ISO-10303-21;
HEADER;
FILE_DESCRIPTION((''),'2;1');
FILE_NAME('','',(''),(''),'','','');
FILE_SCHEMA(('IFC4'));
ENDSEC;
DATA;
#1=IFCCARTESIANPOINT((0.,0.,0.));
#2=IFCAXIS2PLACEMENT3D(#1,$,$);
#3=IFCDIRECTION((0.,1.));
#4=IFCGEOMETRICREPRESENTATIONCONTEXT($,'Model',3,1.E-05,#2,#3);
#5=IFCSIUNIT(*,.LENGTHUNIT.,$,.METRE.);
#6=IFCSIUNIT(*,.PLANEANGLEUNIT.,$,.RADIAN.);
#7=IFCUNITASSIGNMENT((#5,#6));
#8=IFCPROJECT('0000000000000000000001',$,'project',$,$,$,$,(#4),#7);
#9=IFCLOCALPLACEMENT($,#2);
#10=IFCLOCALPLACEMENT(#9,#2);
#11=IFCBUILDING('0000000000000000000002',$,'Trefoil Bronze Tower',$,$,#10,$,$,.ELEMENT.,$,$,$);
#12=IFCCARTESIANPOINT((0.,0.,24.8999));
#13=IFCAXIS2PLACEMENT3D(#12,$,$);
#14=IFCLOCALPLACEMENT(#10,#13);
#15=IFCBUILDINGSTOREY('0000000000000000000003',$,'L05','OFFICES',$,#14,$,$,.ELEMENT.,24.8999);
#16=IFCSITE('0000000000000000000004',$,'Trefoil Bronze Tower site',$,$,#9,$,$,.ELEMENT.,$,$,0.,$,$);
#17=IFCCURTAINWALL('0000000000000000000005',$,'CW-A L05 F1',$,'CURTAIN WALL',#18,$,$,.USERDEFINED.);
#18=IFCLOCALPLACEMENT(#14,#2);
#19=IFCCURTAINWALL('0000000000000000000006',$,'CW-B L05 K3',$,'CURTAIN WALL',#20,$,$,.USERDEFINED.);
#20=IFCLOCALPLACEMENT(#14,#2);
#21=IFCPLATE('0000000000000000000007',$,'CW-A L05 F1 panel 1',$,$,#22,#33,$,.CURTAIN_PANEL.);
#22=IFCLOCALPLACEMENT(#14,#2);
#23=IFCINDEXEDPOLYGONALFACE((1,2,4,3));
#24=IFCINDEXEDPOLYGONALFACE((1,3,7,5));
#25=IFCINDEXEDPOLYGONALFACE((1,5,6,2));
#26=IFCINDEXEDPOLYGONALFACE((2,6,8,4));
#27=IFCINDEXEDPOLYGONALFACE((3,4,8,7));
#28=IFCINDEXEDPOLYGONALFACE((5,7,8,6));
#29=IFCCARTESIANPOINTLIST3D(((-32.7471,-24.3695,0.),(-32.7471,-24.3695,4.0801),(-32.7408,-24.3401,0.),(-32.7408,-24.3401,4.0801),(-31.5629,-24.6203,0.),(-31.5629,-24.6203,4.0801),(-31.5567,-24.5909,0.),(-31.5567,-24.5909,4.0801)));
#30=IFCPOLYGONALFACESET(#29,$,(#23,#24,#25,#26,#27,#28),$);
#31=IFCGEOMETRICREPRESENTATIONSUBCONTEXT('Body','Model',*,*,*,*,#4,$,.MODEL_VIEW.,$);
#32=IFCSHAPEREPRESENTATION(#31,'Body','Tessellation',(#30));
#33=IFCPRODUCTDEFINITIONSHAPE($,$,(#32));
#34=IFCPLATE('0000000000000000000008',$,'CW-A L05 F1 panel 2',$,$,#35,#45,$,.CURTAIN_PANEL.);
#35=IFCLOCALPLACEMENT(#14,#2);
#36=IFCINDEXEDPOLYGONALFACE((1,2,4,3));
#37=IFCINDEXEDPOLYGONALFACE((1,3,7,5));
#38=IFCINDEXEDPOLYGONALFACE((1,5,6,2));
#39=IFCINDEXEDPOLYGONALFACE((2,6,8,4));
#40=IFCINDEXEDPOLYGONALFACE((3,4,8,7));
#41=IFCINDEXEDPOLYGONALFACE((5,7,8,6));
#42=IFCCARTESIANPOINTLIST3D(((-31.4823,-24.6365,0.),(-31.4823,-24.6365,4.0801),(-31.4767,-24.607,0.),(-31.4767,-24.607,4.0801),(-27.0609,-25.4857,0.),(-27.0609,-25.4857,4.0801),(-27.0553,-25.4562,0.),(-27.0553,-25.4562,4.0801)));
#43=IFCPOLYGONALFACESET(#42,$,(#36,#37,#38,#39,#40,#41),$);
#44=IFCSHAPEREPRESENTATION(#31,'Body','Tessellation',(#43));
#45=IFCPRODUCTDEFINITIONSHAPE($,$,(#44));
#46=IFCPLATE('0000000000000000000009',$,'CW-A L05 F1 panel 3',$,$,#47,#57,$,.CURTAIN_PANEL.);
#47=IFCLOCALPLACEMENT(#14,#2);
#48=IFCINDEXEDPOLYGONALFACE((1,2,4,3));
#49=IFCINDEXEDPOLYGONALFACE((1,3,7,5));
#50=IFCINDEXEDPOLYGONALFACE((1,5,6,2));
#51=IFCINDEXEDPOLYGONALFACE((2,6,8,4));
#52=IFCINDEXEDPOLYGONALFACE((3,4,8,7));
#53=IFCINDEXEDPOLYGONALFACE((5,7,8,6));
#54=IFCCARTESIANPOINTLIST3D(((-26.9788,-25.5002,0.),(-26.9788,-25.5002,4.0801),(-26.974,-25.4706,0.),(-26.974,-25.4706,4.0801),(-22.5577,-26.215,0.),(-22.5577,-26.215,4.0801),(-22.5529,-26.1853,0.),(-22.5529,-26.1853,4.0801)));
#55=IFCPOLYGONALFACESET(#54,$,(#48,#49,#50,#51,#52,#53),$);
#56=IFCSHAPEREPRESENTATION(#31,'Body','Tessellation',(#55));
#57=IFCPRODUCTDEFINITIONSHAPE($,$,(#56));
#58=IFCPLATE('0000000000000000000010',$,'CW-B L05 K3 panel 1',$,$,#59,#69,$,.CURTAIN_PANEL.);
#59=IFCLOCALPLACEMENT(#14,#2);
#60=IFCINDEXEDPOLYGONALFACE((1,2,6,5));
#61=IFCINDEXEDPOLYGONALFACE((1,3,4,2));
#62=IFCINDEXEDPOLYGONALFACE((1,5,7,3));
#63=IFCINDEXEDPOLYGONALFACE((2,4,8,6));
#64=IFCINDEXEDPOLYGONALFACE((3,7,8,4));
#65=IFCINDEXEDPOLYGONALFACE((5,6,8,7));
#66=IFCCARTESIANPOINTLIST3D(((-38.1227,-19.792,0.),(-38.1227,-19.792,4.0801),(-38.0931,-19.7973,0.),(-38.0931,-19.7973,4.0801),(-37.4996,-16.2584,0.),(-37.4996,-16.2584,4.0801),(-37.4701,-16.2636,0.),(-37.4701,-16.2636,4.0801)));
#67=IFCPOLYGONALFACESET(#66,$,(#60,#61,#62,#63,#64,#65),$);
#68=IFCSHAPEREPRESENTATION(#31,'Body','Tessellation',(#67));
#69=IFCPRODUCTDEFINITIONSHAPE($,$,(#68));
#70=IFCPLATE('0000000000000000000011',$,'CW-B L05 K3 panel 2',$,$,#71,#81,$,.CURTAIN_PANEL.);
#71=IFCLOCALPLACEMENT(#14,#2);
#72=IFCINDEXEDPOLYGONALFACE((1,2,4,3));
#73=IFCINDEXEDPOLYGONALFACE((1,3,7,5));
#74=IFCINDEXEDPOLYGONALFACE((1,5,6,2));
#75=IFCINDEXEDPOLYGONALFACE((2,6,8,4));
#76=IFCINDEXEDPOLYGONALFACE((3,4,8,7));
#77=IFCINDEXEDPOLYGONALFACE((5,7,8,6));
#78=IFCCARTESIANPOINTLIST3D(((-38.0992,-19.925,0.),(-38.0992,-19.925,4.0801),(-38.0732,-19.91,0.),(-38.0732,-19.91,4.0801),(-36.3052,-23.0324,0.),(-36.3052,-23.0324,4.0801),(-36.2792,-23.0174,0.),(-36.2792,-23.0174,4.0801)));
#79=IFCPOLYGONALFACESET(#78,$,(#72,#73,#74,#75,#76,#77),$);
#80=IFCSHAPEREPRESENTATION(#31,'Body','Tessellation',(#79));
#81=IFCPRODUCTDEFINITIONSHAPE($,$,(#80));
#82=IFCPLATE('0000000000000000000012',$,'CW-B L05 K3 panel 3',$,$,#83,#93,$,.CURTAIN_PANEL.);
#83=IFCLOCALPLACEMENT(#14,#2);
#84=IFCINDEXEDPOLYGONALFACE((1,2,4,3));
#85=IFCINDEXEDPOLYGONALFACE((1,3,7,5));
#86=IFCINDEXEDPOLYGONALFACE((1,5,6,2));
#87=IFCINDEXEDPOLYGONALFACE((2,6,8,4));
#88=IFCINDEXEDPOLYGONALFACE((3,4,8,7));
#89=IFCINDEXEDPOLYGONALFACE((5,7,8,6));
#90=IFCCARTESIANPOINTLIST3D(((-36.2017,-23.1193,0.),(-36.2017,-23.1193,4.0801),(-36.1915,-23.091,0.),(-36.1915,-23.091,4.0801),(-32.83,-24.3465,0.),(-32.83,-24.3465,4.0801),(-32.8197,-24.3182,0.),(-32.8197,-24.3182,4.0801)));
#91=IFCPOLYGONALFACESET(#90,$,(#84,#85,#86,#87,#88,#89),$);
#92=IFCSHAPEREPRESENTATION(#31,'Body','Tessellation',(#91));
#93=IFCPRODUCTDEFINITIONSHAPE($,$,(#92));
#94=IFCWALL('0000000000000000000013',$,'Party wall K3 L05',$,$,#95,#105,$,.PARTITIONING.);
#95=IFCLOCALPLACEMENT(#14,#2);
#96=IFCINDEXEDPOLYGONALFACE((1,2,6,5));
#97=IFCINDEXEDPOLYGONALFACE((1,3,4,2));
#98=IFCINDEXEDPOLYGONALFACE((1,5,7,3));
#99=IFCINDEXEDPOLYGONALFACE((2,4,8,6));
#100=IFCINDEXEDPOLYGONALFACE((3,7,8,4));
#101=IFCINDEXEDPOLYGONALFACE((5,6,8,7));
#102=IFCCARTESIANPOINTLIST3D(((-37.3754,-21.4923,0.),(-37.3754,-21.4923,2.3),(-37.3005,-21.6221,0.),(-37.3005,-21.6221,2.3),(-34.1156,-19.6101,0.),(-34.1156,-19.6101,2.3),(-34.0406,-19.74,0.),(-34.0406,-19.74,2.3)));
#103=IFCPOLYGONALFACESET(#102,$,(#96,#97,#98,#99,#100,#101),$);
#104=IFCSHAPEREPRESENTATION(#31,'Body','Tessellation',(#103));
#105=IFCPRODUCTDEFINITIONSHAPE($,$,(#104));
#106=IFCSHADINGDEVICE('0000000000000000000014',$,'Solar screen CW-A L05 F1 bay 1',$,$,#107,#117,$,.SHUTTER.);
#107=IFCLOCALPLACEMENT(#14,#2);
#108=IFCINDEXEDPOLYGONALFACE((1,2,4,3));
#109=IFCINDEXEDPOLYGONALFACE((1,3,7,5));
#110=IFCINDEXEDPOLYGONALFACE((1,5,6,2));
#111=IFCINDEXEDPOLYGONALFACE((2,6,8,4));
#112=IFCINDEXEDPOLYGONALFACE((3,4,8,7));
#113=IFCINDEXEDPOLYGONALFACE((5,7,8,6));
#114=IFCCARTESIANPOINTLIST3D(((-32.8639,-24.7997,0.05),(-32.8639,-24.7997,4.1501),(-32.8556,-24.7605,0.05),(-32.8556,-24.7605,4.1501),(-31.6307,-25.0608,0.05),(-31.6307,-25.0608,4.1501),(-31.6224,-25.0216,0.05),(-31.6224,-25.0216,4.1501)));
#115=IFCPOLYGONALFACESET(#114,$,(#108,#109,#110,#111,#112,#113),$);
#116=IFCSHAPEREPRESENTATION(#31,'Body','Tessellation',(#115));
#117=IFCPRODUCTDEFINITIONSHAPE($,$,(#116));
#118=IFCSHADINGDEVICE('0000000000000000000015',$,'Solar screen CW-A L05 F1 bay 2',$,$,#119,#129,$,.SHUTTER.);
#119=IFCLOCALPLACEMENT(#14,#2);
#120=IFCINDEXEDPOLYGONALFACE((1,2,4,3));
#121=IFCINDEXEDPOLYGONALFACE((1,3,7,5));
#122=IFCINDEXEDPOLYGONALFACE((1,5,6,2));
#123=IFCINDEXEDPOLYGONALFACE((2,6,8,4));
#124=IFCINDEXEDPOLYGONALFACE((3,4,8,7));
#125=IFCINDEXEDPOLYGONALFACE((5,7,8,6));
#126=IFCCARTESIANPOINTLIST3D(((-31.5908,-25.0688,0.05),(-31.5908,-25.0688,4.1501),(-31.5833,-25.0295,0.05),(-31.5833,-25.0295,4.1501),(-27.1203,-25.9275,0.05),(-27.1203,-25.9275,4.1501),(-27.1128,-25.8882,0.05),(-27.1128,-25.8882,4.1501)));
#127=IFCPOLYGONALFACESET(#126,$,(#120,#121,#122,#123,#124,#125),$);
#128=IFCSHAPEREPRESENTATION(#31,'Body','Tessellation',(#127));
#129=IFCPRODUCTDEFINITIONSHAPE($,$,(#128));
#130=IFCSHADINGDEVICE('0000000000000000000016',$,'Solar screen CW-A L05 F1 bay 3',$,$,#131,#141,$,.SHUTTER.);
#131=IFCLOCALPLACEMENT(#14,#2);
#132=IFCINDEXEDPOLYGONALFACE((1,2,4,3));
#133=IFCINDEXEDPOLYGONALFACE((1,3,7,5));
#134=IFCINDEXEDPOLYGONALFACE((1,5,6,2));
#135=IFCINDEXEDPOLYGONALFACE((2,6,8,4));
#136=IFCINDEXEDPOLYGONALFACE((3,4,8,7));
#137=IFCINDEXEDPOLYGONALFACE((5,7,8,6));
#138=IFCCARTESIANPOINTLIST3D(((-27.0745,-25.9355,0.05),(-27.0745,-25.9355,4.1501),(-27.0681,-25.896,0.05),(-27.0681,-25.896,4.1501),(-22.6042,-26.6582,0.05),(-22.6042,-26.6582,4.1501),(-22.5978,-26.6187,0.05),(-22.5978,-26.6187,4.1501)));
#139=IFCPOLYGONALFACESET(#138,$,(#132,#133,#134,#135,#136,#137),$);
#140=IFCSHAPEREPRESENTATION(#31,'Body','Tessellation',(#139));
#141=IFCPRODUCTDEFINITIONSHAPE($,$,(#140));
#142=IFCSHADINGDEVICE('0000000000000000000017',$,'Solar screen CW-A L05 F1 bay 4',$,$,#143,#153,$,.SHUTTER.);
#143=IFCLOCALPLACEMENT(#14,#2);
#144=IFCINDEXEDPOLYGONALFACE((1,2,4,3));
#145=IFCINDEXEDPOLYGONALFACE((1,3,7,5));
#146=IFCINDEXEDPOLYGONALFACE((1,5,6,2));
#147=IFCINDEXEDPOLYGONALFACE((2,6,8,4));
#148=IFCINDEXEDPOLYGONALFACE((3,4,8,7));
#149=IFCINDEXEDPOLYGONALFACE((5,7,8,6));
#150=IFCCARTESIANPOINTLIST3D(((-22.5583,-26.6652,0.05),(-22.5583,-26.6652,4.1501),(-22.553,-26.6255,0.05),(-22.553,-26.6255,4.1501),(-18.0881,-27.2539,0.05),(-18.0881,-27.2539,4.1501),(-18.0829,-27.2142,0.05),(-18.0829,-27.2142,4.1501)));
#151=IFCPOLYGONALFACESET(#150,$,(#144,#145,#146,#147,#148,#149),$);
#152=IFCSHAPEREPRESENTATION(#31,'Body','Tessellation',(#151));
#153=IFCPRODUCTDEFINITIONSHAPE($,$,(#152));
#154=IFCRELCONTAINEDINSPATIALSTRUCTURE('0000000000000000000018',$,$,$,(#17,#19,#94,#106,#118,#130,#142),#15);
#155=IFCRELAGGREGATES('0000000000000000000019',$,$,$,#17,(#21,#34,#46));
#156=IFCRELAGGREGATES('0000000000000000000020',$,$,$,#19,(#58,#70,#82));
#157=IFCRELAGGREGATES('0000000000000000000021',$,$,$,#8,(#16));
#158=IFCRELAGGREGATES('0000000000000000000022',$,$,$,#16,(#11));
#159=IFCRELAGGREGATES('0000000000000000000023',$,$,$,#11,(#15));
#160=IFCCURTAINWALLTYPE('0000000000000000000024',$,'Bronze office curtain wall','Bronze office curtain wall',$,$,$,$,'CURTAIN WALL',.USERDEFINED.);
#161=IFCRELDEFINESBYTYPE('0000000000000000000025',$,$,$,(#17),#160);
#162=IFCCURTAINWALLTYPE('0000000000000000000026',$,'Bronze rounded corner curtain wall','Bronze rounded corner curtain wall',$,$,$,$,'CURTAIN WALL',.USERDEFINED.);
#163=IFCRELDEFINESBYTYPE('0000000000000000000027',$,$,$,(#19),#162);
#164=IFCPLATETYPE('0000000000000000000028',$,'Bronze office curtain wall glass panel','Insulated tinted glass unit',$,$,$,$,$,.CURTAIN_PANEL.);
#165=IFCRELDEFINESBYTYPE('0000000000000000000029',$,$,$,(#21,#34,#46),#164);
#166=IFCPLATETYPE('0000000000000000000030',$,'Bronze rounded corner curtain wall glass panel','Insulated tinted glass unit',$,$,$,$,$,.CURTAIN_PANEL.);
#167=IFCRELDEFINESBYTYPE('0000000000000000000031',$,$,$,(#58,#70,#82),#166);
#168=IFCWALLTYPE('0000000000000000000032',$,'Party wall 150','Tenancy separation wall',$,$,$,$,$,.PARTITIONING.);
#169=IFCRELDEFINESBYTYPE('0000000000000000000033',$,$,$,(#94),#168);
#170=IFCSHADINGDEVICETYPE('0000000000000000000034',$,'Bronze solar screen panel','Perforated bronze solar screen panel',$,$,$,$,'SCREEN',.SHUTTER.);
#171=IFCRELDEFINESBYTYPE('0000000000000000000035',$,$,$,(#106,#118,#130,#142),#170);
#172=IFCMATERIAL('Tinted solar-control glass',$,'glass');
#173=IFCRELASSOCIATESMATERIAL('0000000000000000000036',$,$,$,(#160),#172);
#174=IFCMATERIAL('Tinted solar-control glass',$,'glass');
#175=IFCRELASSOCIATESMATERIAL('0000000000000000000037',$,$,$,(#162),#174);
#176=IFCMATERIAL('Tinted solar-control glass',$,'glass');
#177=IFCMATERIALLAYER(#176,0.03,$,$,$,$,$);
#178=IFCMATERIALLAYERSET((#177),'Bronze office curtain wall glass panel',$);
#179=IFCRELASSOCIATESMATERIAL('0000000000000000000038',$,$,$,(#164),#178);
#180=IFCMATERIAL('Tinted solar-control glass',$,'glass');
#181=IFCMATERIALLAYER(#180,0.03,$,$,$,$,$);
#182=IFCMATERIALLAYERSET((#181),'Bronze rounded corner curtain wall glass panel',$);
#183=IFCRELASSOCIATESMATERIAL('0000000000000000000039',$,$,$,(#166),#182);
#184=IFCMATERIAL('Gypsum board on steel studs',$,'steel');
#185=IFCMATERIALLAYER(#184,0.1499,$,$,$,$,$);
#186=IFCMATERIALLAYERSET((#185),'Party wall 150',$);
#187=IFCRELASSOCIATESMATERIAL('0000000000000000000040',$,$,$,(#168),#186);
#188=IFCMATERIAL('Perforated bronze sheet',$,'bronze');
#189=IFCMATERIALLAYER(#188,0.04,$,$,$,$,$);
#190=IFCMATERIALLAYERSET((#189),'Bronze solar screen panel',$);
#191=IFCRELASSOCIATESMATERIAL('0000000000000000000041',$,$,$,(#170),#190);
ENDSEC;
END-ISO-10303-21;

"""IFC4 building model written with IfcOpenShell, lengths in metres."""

from ifc_helpers import new_model, si_unit, direction, frame, frame_2d, origin, origin_2d, place, context, subcontext, project, spatial, rectangle, extrude, material, layer, layer_set, type_object, element, aggregate, save


model = new_model("IFC4")

# Units and contexts
model_context = context("Model", 3, precision=1e-05, world=origin(), true_north=direction((0.0, 1.0)))
body_context = subcontext(model_context, "Body", "Model", "MODEL_VIEW")
ifc_project = project(units=[si_unit("LENGTHUNIT", "METRE"), si_unit("PLANEANGLEUNIT", "RADIAN")], contexts=[model_context])

# Site, building, storey
site_placement = place(None, origin())
site = spatial("IfcSite", under=ifc_project, at=site_placement, Name="Trefoil Bronze Tower site", CompositionType="ELEMENT", RefElevation=0.0)
building_placement = place(site_placement, origin())
building = spatial("IfcBuilding", under=site, at=building_placement, Name="Trefoil Bronze Tower", CompositionType="ELEMENT")
storey_placement = place(building_placement, frame((0.0, 0.0, 24.8999)))
storey = spatial("IfcBuildingStorey", under=building, at=storey_placement, Name="L05", Description="OFFICES", CompositionType="ELEMENT", Elevation=24.8999)

# Curtain walls
ifc_material_1 = material(Name="Tinted solar-control glass", Category="glass")
curtain_wall_type_1 = type_object("IfcCurtainWallType", Name="Bronze office curtain wall", Description="Bronze office curtain wall", ElementType="CURTAIN WALL", PredefinedType="USERDEFINED", material=ifc_material_1)
curtain_wall_1_placement = place(storey_placement, origin())
curtain_wall_1 = element("IfcCurtainWall", 1, at=curtain_wall_1_placement, inside=storey, type_object=curtain_wall_type_1, Name="CW-A L05 F1", ObjectType="CURTAIN WALL", PredefinedType="USERDEFINED")
ifc_material_2 = material(Name="Tinted solar-control glass", Category="glass")
curtain_wall_type_2 = type_object("IfcCurtainWallType", Name="Bronze rounded corner curtain wall", Description="Bronze rounded corner curtain wall", ElementType="CURTAIN WALL", PredefinedType="USERDEFINED", material=ifc_material_2)
curtain_wall_2_placement = place(storey_placement, origin())
curtain_wall_2 = element("IfcCurtainWall", 2, at=curtain_wall_2_placement, inside=storey, type_object=curtain_wall_type_2, Name="CW-B L05 K3", ObjectType="CURTAIN WALL", PredefinedType="USERDEFINED")

# Plates
ifc_material_3 = material(Name="Tinted solar-control glass", Category="glass")
ifc_layer_1 = layer(ifc_material_3, 0.03)
ifc_layer_set_1 = layer_set([ifc_layer_1], Name="Bronze office curtain wall glass panel")
plate_type_1 = type_object("IfcPlateType", Name="Bronze office curtain wall glass panel", Description="Insulated tinted glass unit", PredefinedType="CURTAIN_PANEL", material=ifc_layer_set_1)
plate_1_placement = place(storey_placement, frame((-32.1519, -24.4802, 0.0), z_axis=(0.0, 0.0, 1.0), x_axis=(0.978303, -0.207181, 0.0)))
plate_1 = element("IfcPlate", 3, at=plate_1_placement, type_object=plate_type_1, Name="CW-A L05 F1 panel 1", PredefinedType="CURTAIN_PANEL", context=body_context, shape_type="SweptSolid", body=[
    extrude(rectangle(XDim=1.2104, YDim=0.03, at=origin_2d()), origin(), (0.0, 0.0, 1.0), 4.0801),
])
plate_2_placement = place(storey_placement, frame((-29.2688, -25.0464, 0.0), z_axis=(0.0, 0.0, 1.0), x_axis=(0.98205, -0.188622, 0.0)))
plate_2 = element("IfcPlate", 4, at=plate_2_placement, type_object=plate_type_1, Name="CW-A L05 F1 panel 2", PredefinedType="CURTAIN_PANEL", context=body_context, shape_type="SweptSolid", body=[
    extrude(rectangle(XDim=4.5022, YDim=0.03, at=origin_2d()), origin(), (0.0, 0.0, 1.0), 4.0801),
])
plate_3_placement = place(storey_placement, frame((-24.7659, -25.8428, 0.0), z_axis=(0.0, 0.0, 1.0), x_axis=(0.987181, -0.159603, 0.0)))
plate_3 = element("IfcPlate", 5, at=plate_3_placement, type_object=plate_type_1, Name="CW-A L05 F1 panel 3", PredefinedType="CURTAIN_PANEL", context=body_context, shape_type="SweptSolid", body=[
    extrude(rectangle(XDim=4.4785, YDim=0.03, at=origin_2d()), origin(), (0.0, 0.0, 1.0), 4.0801),
])
aggregate(curtain_wall_1, [plate_1, plate_2, plate_3])
ifc_material_4 = material(Name="Tinted solar-control glass", Category="glass")
ifc_layer_2 = layer(ifc_material_4, 0.03)
ifc_layer_set_2 = layer_set([ifc_layer_2], Name="Bronze rounded corner curtain wall glass panel")
plate_type_2 = type_object("IfcPlateType", Name="Bronze rounded corner curtain wall glass panel", Description="Insulated tinted glass unit", PredefinedType="CURTAIN_PANEL", material=ifc_layer_set_2)
plate_4_placement = place(storey_placement, frame((-37.7964, -18.0278, 0.0), z_axis=(0.0, 0.0, 1.0), x_axis=(-0.173648, -0.984808, 0.0)))
plate_4 = element("IfcPlate", 6, at=plate_4_placement, type_object=plate_type_2, Name="CW-B L05 K3 panel 1", PredefinedType="CURTAIN_PANEL", context=body_context, shape_type="SweptSolid", body=[
    extrude(rectangle(XDim=3.5881, YDim=0.03, at=origin_2d()), origin(), (0.0, 0.0, 1.0), 4.0801),
])
plate_5_placement = place(storey_placement, frame((-37.1892, -21.4712, 0.0), z_axis=(0.0, 0.0, 1.0), x_axis=(0.5, -0.866025, 0.0)))
plate_5 = element("IfcPlate", 7, at=plate_5_placement, type_object=plate_type_2, Name="CW-B L05 K3 panel 2", PredefinedType="CURTAIN_PANEL", context=body_context, shape_type="SweptSolid", body=[
    extrude(rectangle(XDim=3.5881, YDim=0.03, at=origin_2d()), origin(), (0.0, 0.0, 1.0), 4.0801),
])
plate_6_placement = place(storey_placement, frame((-34.5107, -23.7188, 0.0), z_axis=(0.0, 0.0, 1.0), x_axis=(0.939693, -0.34202, 0.0)))
plate_6 = element("IfcPlate", 8, at=plate_6_placement, type_object=plate_type_2, Name="CW-B L05 K3 panel 3", PredefinedType="CURTAIN_PANEL", context=body_context, shape_type="SweptSolid", body=[
    extrude(rectangle(XDim=3.5881, YDim=0.03, at=origin_2d()), origin(), (0.0, 0.0, 1.0), 4.0801),
])
aggregate(curtain_wall_2, [plate_4, plate_5, plate_6])

# Wall
ifc_material_5 = material(Name="Gypsum board on steel studs", Category="steel")
ifc_layer_3 = layer(ifc_material_5, 0.1499)
ifc_layer_set_3 = layer_set([ifc_layer_3], Name="Party wall 150")
wall_type = type_object("IfcWallType", Name="Party wall 150", Description="Tenancy separation wall", PredefinedType="PARTITIONING", material=ifc_layer_set_3)
wall_placement = place(storey_placement, frame((-34.0781, -19.675, 0.0), z_axis=(0.0, 0.0, 1.0), x_axis=(-0.866019, -0.500011, 0.0)))
element("IfcWall", 9, at=wall_placement, inside=storey, type_object=wall_type, Name="Party wall K3 L05", PredefinedType="PARTITIONING", context=body_context, shape_type="SweptSolid", body=[
    extrude(rectangle(XDim=3.7642, YDim=0.1499, at=frame_2d((1.8821, 0.0))), origin(), (0.0, 0.0, 1.0), 2.3),
])

# Shading devices
ifc_material_6 = material(Name="Perforated bronze sheet", Category="bronze")
ifc_layer_4 = layer(ifc_material_6, 0.04)
ifc_layer_set_4 = layer_set([ifc_layer_4], Name="Bronze solar screen panel")
shading_device_type = type_object("IfcShadingDeviceType", Name="Bronze solar screen panel", Description="Perforated bronze solar screen panel", ElementType="SCREEN", PredefinedType="SHUTTER", material=ifc_layer_set_4)
shading_device_1_placement = place(storey_placement, frame((-32.2432, -24.9106, 0.05), z_axis=(0.0, 0.0, 1.0), x_axis=(0.978303, -0.207181, 0.0)))
element("IfcShadingDevice", 10, at=shading_device_1_placement, inside=storey, type_object=shading_device_type, Name="Solar screen CW-A L05 F1 bay 1", PredefinedType="SHUTTER", context=body_context, shape_type="SweptSolid", body=[
    extrude(rectangle(XDim=1.2605, YDim=0.04, at=origin_2d()), origin(), (0.0, 0.0, 1.0), 4.1001),
])
shading_device_2_placement = place(storey_placement, frame((-29.3518, -25.4785, 0.05), z_axis=(0.0, 0.0, 1.0), x_axis=(0.98205, -0.188622, 0.0)))
element("IfcShadingDevice", 11, at=shading_device_2_placement, inside=storey, type_object=shading_device_type, Name="Solar screen CW-A L05 F1 bay 2", PredefinedType="SHUTTER", context=body_context, shape_type="SweptSolid", body=[
    extrude(rectangle(XDim=4.5522, YDim=0.04, at=origin_2d()), origin(), (0.0, 0.0, 1.0), 4.1001),
])
shading_device_3_placement = place(storey_placement, frame((-24.8362, -26.2771, 0.05), z_axis=(0.0, 0.0, 1.0), x_axis=(0.987181, -0.159603, 0.0)))
element("IfcShadingDevice", 12, at=shading_device_3_placement, inside=storey, type_object=shading_device_type, Name="Solar screen CW-A L05 F1 bay 3", PredefinedType="SHUTTER", context=body_context, shape_type="SweptSolid", body=[
    extrude(rectangle(XDim=4.5283, YDim=0.04, at=origin_2d()), origin(), (0.0, 0.0, 1.0), 4.1001),
])
shading_device_4_placement = place(storey_placement, frame((-20.3206, -26.9397, 0.05), z_axis=(0.0, 0.0, 1.0), x_axis=(0.991437, -0.130584, 0.0)))
element("IfcShadingDevice", 13, at=shading_device_4_placement, inside=storey, type_object=shading_device_type, Name="Solar screen CW-A L05 F1 bay 4", PredefinedType="SHUTTER", context=body_context, shape_type="SweptSolid", body=[
    extrude(rectangle(XDim=4.5088, YDim=0.04, at=origin_2d()), origin(), (0.0, 0.0, 1.0), 4.1001),
])

save(model, "model.ifc")
